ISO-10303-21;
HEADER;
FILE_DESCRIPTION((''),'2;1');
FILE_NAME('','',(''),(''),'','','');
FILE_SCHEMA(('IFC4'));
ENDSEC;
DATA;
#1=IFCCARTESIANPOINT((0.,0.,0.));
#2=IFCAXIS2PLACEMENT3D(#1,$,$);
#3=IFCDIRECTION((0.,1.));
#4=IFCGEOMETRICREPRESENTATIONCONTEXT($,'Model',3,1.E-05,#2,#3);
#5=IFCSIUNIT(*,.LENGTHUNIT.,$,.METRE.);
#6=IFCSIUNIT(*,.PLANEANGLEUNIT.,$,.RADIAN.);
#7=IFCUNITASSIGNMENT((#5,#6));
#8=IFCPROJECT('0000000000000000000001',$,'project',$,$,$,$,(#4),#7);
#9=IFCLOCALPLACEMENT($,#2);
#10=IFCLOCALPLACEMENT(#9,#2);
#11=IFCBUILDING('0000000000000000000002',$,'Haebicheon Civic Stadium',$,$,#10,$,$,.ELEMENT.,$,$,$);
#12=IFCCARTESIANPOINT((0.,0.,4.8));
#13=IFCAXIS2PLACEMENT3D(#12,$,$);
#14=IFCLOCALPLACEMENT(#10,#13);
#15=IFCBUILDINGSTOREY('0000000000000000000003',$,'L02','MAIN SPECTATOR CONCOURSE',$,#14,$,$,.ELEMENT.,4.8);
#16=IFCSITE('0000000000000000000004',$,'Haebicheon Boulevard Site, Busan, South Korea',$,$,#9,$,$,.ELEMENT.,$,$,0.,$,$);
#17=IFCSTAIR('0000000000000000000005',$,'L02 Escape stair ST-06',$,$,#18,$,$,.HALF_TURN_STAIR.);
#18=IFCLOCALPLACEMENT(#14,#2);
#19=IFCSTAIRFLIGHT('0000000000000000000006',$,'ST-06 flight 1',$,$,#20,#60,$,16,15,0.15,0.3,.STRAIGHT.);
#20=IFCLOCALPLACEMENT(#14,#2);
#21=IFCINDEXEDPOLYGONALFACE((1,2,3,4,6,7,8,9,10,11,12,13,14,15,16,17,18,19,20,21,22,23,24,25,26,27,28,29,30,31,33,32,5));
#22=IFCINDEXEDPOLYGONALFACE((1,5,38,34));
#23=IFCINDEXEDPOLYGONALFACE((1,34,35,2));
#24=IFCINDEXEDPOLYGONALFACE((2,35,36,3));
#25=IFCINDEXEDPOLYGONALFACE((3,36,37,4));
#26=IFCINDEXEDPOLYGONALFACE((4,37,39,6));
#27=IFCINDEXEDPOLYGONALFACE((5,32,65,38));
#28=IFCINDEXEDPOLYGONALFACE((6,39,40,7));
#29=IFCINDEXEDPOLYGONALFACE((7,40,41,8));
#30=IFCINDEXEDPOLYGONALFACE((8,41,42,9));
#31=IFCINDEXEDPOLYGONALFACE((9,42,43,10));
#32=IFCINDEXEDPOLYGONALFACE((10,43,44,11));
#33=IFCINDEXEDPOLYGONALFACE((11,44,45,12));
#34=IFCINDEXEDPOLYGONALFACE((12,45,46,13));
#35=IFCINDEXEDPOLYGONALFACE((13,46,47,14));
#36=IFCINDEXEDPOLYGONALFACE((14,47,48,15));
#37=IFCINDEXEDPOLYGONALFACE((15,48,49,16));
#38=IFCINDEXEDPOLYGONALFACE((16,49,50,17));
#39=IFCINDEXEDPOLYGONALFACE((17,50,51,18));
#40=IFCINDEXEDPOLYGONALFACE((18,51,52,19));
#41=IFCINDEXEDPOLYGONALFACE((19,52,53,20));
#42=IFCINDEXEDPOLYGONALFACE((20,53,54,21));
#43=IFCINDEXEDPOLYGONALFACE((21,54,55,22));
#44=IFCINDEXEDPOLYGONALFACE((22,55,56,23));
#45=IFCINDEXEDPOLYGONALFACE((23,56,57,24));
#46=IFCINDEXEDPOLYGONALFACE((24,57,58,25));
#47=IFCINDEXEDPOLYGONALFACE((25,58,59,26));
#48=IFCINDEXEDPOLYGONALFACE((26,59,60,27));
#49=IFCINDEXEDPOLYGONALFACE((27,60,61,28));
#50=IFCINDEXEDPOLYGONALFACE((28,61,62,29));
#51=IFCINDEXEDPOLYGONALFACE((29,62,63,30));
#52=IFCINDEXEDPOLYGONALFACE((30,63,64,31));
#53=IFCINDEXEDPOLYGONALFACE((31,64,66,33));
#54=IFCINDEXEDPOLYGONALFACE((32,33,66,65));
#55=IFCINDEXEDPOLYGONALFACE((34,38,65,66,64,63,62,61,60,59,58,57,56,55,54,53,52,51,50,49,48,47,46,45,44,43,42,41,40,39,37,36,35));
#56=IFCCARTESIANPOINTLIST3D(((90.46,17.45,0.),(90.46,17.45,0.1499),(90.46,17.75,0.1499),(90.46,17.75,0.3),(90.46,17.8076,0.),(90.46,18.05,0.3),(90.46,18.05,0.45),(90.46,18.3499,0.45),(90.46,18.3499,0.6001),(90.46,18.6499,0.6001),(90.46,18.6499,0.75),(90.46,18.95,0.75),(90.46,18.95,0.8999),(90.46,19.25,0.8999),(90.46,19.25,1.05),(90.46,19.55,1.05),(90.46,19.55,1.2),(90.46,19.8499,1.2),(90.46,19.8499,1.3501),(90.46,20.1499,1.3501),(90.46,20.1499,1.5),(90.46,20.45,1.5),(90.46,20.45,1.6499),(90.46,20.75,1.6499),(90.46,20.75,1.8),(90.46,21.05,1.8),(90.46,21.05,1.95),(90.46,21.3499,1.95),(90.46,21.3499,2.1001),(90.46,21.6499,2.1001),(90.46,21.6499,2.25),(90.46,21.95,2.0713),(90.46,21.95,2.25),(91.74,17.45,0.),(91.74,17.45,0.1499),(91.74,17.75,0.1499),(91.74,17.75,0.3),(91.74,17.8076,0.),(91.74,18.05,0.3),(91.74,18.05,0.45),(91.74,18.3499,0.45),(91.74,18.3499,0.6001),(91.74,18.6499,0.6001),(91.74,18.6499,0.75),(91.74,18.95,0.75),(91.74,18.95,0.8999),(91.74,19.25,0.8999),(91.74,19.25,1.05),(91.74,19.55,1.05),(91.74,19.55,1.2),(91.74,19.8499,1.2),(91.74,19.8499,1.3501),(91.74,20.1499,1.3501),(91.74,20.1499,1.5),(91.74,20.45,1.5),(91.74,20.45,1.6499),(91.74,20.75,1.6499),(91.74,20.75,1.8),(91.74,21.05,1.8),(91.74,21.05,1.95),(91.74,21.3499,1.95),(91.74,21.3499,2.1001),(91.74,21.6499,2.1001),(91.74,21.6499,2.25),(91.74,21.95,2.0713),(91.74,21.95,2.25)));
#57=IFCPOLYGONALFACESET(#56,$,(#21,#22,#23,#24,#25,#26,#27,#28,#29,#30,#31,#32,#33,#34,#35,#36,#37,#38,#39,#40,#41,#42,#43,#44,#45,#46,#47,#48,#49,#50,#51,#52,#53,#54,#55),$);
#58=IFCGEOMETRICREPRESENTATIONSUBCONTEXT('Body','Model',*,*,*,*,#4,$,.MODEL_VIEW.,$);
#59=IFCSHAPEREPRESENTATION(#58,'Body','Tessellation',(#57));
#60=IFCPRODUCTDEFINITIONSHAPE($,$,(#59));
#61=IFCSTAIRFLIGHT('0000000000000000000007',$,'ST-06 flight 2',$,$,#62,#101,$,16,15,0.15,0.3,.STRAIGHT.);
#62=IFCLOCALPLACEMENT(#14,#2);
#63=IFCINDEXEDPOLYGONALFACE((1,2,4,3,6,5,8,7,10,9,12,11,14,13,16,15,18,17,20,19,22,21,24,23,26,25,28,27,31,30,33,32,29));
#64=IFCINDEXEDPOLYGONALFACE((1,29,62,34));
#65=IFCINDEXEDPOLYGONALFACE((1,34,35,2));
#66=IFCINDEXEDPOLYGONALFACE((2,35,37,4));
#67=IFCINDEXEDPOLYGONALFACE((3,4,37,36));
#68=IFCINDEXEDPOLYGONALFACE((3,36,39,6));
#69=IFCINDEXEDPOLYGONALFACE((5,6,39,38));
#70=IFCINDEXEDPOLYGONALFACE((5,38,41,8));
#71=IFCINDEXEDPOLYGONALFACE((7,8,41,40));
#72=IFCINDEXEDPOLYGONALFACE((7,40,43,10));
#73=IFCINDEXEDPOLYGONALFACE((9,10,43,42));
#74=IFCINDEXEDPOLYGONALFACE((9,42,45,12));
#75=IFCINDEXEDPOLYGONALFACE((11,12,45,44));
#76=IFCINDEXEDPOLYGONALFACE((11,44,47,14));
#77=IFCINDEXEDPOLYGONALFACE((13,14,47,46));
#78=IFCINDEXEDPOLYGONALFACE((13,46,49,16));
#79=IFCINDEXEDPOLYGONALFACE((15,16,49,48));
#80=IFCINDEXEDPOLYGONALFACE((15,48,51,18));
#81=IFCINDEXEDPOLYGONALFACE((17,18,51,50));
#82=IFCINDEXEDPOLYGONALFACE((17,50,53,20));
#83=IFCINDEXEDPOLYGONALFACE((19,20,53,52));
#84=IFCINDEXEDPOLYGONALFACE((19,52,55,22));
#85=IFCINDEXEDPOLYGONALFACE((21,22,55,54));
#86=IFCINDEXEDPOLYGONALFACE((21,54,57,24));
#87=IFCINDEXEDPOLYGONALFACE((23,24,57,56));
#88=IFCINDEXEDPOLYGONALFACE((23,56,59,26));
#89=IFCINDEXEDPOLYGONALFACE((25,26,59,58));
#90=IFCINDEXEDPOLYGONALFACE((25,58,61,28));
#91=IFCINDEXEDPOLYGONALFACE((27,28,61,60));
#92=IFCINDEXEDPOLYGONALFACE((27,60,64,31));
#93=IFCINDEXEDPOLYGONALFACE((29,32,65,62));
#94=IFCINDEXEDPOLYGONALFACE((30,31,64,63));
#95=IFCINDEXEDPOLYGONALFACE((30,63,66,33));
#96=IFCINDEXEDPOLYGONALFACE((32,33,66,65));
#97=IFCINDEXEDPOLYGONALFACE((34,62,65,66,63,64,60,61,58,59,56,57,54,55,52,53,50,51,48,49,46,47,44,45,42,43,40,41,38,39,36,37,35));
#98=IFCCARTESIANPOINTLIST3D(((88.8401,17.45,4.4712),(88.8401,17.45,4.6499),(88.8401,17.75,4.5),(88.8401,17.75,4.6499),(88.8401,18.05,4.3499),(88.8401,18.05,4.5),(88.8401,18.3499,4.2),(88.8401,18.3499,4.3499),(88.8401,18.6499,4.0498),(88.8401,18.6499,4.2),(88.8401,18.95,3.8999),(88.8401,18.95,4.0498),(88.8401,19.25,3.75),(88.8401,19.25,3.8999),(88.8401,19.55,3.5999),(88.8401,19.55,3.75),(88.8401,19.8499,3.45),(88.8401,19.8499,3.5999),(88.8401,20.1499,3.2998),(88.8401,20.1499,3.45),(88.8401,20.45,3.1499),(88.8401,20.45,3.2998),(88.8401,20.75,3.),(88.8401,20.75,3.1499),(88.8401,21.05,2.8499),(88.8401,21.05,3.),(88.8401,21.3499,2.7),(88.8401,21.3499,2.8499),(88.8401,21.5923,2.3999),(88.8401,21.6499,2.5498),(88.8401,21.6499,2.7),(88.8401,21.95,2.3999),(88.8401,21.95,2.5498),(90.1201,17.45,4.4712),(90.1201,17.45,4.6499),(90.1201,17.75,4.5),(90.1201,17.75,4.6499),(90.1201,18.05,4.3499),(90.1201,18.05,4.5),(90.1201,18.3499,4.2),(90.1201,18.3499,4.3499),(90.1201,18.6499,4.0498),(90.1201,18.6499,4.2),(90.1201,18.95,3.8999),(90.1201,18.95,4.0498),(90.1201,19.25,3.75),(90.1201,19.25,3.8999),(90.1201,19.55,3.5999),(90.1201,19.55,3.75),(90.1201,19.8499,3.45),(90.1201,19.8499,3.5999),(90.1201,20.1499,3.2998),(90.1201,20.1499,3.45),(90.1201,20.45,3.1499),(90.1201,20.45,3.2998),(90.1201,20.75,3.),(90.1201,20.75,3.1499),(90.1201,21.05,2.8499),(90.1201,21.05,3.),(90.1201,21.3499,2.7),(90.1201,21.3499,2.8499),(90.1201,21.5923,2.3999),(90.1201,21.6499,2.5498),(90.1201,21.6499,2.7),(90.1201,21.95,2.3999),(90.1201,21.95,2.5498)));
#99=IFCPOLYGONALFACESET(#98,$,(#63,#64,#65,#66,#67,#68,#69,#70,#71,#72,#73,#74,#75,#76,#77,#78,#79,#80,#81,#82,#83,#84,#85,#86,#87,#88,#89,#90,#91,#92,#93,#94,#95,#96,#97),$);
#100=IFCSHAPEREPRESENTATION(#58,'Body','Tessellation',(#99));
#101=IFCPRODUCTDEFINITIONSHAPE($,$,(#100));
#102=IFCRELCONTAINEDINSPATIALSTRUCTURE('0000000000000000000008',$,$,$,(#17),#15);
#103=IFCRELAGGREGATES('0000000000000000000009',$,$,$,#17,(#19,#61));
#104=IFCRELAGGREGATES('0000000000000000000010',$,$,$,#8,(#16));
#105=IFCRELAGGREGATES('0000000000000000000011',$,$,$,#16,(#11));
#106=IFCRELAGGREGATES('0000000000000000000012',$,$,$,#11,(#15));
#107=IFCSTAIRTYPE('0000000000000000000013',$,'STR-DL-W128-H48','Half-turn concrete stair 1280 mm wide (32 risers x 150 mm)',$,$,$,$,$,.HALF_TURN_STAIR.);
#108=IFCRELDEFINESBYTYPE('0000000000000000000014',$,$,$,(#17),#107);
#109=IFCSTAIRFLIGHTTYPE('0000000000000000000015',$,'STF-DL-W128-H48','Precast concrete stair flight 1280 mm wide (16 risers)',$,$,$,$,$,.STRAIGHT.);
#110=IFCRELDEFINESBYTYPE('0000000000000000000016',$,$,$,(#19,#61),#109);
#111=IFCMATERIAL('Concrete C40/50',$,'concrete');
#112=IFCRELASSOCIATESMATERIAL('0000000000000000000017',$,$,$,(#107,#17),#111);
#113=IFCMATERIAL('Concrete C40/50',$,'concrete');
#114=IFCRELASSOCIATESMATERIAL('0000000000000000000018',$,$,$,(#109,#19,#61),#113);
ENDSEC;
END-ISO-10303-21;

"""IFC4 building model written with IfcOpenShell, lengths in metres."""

from ifc_helpers import new_model, si_unit, direction, frame, origin, place, context, subcontext, project, spatial, polyline, outline, extrude, material, type_object, element, aggregate, save


model = new_model("IFC4")

# Units and contexts
model_context = context("Model", 3, precision=1e-05, world=origin(), true_north=direction((0.0, 1.0)))
body_context = subcontext(model_context, "Body", "Model", "MODEL_VIEW")
ifc_project = project(units=[si_unit("LENGTHUNIT", "METRE"), si_unit("PLANEANGLEUNIT", "RADIAN")], contexts=[model_context])

# Site, building, storey
site_placement = place(None, origin())
site = spatial("IfcSite", under=ifc_project, at=site_placement, Name="Haebicheon Boulevard Site, Busan, South Korea", CompositionType="ELEMENT", RefElevation=0.0)
building_placement = place(site_placement, origin())
building = spatial("IfcBuilding", under=site, at=building_placement, Name="Haebicheon Civic Stadium", CompositionType="ELEMENT")
storey_placement = place(building_placement, frame((0.0, 0.0, 4.8)))
storey = spatial("IfcBuildingStorey", under=building, at=storey_placement, Name="L02", Description="MAIN SPECTATOR CONCOURSE", CompositionType="ELEMENT", Elevation=4.8)

# Stair, stair flights
ifc_material_1 = material(Name="Concrete C40/50", Category="concrete")
stair_type = type_object("IfcStairType", Name="STR-DL-W128-H48", Description="Half-turn concrete stair 1280 mm wide (32 risers x 150 mm)", PredefinedType="HALF_TURN_STAIR", material=ifc_material_1)
stair_placement = place(storey_placement, origin())
stair = element("IfcStair", 1, at=stair_placement, inside=storey, type_object=stair_type, material=ifc_material_1, Name="L02 Escape stair ST-06", PredefinedType="HALF_TURN_STAIR")
ifc_material_2 = material(Name="Concrete C40/50", Category="concrete")
stair_flight_type = type_object("IfcStairFlightType", Name="STF-DL-W128-H48", Description="Precast concrete stair flight 1280 mm wide (16 risers)", PredefinedType="STRAIGHT", material=ifc_material_2)
stair_flight_1_placement = place(storey_placement, frame((91.1001, 17.45, 0.0), z_axis=(0.0, 0.0, 1.0), x_axis=(0.0, 1.0, 0.0)))
stair_flight_1 = element("IfcStairFlight", 2, at=stair_flight_1_placement, type_object=stair_flight_type, material=ifc_material_2, Name="ST-06 flight 1", NumberOfRisers=16, NumberOfTreads=15, PredefinedType="STRAIGHT", RiserHeight=0.15, TreadLength=0.3, context=body_context, shape_type="SweptSolid", body=[
    extrude(outline(polyline([(0.0, 0.0), (0.0, 0.1499), (0.3, 0.1499), (0.3, 0.3), (0.6001, 0.3), (0.6001, 0.45), (0.8999, 0.45), (0.8999, 0.6001), (1.2, 0.6001), (1.2, 0.75), (1.5, 0.75), (1.5, 0.8999), (1.8, 0.8999), (1.8, 1.05), (2.1001, 1.05), (2.1001, 1.2), (2.3999, 1.2), (2.3999, 1.3501), (2.7, 1.3501), (2.7, 1.5), (3.0, 1.5), (3.0, 1.6499), (3.3, 1.6499), (3.3, 1.8), (3.6001, 1.8), (3.6001, 1.95), (3.8999, 1.95), (3.8999, 2.1001), (4.2, 2.1001), (4.2, 2.25), (4.5, 2.25), (4.5, 2.3999), (4.5, 2.0713), (0.3577, 0.0), (0.0, 0.0)])), frame((0.0, 0.6401, 0.0), z_axis=(0.0, -1.0, 0.0), x_axis=(1.0, 0.0, 0.0)), (0.0, 0.0, 1.0), 1.28),
])
stair_flight_2_placement = place(storey_placement, frame((89.48, 21.95, 2.3999), z_axis=(0.0, 0.0, 1.0), x_axis=(0.0, -1.0, 0.0)))
stair_flight_2 = element("IfcStairFlight", 3, at=stair_flight_2_placement, type_object=stair_flight_type, material=ifc_material_2, Name="ST-06 flight 2", NumberOfRisers=16, NumberOfTreads=15, PredefinedType="STRAIGHT", RiserHeight=0.15, TreadLength=0.3, context=body_context, shape_type="SweptSolid", body=[
    extrude(outline(polyline([(0.0, 0.0), (0.0, 0.1499), (0.3, 0.1499), (0.3, 0.3), (0.6001, 0.3), (0.6001, 0.45), (0.8999, 0.45), (0.8999, 0.6001), (1.2, 0.6001), (1.2, 0.75), (1.5, 0.75), (1.5, 0.8999), (1.8, 0.8999), (1.8, 1.05), (2.1001, 1.05), (2.1001, 1.2), (2.3999, 1.2), (2.3999, 1.3501), (2.7, 1.3501), (2.7, 1.5), (3.0, 1.5), (3.0, 1.6499), (3.3, 1.6499), (3.3, 1.8), (3.6001, 1.8), (3.6001, 1.95), (3.8999, 1.95), (3.8999, 2.1001), (4.2, 2.1001), (4.2, 2.25), (4.5, 2.25), (4.5, 2.3999), (4.5, 2.0713), (0.3577, 0.0), (0.0, 0.0)])), frame((0.0, 0.6401, 0.0), z_axis=(0.0, -1.0, 0.0), x_axis=(1.0, 0.0, 0.0)), (0.0, 0.0, 1.0), 1.28),
])
aggregate(stair, [stair_flight_1, stair_flight_2])

save(model, "model.ifc")
